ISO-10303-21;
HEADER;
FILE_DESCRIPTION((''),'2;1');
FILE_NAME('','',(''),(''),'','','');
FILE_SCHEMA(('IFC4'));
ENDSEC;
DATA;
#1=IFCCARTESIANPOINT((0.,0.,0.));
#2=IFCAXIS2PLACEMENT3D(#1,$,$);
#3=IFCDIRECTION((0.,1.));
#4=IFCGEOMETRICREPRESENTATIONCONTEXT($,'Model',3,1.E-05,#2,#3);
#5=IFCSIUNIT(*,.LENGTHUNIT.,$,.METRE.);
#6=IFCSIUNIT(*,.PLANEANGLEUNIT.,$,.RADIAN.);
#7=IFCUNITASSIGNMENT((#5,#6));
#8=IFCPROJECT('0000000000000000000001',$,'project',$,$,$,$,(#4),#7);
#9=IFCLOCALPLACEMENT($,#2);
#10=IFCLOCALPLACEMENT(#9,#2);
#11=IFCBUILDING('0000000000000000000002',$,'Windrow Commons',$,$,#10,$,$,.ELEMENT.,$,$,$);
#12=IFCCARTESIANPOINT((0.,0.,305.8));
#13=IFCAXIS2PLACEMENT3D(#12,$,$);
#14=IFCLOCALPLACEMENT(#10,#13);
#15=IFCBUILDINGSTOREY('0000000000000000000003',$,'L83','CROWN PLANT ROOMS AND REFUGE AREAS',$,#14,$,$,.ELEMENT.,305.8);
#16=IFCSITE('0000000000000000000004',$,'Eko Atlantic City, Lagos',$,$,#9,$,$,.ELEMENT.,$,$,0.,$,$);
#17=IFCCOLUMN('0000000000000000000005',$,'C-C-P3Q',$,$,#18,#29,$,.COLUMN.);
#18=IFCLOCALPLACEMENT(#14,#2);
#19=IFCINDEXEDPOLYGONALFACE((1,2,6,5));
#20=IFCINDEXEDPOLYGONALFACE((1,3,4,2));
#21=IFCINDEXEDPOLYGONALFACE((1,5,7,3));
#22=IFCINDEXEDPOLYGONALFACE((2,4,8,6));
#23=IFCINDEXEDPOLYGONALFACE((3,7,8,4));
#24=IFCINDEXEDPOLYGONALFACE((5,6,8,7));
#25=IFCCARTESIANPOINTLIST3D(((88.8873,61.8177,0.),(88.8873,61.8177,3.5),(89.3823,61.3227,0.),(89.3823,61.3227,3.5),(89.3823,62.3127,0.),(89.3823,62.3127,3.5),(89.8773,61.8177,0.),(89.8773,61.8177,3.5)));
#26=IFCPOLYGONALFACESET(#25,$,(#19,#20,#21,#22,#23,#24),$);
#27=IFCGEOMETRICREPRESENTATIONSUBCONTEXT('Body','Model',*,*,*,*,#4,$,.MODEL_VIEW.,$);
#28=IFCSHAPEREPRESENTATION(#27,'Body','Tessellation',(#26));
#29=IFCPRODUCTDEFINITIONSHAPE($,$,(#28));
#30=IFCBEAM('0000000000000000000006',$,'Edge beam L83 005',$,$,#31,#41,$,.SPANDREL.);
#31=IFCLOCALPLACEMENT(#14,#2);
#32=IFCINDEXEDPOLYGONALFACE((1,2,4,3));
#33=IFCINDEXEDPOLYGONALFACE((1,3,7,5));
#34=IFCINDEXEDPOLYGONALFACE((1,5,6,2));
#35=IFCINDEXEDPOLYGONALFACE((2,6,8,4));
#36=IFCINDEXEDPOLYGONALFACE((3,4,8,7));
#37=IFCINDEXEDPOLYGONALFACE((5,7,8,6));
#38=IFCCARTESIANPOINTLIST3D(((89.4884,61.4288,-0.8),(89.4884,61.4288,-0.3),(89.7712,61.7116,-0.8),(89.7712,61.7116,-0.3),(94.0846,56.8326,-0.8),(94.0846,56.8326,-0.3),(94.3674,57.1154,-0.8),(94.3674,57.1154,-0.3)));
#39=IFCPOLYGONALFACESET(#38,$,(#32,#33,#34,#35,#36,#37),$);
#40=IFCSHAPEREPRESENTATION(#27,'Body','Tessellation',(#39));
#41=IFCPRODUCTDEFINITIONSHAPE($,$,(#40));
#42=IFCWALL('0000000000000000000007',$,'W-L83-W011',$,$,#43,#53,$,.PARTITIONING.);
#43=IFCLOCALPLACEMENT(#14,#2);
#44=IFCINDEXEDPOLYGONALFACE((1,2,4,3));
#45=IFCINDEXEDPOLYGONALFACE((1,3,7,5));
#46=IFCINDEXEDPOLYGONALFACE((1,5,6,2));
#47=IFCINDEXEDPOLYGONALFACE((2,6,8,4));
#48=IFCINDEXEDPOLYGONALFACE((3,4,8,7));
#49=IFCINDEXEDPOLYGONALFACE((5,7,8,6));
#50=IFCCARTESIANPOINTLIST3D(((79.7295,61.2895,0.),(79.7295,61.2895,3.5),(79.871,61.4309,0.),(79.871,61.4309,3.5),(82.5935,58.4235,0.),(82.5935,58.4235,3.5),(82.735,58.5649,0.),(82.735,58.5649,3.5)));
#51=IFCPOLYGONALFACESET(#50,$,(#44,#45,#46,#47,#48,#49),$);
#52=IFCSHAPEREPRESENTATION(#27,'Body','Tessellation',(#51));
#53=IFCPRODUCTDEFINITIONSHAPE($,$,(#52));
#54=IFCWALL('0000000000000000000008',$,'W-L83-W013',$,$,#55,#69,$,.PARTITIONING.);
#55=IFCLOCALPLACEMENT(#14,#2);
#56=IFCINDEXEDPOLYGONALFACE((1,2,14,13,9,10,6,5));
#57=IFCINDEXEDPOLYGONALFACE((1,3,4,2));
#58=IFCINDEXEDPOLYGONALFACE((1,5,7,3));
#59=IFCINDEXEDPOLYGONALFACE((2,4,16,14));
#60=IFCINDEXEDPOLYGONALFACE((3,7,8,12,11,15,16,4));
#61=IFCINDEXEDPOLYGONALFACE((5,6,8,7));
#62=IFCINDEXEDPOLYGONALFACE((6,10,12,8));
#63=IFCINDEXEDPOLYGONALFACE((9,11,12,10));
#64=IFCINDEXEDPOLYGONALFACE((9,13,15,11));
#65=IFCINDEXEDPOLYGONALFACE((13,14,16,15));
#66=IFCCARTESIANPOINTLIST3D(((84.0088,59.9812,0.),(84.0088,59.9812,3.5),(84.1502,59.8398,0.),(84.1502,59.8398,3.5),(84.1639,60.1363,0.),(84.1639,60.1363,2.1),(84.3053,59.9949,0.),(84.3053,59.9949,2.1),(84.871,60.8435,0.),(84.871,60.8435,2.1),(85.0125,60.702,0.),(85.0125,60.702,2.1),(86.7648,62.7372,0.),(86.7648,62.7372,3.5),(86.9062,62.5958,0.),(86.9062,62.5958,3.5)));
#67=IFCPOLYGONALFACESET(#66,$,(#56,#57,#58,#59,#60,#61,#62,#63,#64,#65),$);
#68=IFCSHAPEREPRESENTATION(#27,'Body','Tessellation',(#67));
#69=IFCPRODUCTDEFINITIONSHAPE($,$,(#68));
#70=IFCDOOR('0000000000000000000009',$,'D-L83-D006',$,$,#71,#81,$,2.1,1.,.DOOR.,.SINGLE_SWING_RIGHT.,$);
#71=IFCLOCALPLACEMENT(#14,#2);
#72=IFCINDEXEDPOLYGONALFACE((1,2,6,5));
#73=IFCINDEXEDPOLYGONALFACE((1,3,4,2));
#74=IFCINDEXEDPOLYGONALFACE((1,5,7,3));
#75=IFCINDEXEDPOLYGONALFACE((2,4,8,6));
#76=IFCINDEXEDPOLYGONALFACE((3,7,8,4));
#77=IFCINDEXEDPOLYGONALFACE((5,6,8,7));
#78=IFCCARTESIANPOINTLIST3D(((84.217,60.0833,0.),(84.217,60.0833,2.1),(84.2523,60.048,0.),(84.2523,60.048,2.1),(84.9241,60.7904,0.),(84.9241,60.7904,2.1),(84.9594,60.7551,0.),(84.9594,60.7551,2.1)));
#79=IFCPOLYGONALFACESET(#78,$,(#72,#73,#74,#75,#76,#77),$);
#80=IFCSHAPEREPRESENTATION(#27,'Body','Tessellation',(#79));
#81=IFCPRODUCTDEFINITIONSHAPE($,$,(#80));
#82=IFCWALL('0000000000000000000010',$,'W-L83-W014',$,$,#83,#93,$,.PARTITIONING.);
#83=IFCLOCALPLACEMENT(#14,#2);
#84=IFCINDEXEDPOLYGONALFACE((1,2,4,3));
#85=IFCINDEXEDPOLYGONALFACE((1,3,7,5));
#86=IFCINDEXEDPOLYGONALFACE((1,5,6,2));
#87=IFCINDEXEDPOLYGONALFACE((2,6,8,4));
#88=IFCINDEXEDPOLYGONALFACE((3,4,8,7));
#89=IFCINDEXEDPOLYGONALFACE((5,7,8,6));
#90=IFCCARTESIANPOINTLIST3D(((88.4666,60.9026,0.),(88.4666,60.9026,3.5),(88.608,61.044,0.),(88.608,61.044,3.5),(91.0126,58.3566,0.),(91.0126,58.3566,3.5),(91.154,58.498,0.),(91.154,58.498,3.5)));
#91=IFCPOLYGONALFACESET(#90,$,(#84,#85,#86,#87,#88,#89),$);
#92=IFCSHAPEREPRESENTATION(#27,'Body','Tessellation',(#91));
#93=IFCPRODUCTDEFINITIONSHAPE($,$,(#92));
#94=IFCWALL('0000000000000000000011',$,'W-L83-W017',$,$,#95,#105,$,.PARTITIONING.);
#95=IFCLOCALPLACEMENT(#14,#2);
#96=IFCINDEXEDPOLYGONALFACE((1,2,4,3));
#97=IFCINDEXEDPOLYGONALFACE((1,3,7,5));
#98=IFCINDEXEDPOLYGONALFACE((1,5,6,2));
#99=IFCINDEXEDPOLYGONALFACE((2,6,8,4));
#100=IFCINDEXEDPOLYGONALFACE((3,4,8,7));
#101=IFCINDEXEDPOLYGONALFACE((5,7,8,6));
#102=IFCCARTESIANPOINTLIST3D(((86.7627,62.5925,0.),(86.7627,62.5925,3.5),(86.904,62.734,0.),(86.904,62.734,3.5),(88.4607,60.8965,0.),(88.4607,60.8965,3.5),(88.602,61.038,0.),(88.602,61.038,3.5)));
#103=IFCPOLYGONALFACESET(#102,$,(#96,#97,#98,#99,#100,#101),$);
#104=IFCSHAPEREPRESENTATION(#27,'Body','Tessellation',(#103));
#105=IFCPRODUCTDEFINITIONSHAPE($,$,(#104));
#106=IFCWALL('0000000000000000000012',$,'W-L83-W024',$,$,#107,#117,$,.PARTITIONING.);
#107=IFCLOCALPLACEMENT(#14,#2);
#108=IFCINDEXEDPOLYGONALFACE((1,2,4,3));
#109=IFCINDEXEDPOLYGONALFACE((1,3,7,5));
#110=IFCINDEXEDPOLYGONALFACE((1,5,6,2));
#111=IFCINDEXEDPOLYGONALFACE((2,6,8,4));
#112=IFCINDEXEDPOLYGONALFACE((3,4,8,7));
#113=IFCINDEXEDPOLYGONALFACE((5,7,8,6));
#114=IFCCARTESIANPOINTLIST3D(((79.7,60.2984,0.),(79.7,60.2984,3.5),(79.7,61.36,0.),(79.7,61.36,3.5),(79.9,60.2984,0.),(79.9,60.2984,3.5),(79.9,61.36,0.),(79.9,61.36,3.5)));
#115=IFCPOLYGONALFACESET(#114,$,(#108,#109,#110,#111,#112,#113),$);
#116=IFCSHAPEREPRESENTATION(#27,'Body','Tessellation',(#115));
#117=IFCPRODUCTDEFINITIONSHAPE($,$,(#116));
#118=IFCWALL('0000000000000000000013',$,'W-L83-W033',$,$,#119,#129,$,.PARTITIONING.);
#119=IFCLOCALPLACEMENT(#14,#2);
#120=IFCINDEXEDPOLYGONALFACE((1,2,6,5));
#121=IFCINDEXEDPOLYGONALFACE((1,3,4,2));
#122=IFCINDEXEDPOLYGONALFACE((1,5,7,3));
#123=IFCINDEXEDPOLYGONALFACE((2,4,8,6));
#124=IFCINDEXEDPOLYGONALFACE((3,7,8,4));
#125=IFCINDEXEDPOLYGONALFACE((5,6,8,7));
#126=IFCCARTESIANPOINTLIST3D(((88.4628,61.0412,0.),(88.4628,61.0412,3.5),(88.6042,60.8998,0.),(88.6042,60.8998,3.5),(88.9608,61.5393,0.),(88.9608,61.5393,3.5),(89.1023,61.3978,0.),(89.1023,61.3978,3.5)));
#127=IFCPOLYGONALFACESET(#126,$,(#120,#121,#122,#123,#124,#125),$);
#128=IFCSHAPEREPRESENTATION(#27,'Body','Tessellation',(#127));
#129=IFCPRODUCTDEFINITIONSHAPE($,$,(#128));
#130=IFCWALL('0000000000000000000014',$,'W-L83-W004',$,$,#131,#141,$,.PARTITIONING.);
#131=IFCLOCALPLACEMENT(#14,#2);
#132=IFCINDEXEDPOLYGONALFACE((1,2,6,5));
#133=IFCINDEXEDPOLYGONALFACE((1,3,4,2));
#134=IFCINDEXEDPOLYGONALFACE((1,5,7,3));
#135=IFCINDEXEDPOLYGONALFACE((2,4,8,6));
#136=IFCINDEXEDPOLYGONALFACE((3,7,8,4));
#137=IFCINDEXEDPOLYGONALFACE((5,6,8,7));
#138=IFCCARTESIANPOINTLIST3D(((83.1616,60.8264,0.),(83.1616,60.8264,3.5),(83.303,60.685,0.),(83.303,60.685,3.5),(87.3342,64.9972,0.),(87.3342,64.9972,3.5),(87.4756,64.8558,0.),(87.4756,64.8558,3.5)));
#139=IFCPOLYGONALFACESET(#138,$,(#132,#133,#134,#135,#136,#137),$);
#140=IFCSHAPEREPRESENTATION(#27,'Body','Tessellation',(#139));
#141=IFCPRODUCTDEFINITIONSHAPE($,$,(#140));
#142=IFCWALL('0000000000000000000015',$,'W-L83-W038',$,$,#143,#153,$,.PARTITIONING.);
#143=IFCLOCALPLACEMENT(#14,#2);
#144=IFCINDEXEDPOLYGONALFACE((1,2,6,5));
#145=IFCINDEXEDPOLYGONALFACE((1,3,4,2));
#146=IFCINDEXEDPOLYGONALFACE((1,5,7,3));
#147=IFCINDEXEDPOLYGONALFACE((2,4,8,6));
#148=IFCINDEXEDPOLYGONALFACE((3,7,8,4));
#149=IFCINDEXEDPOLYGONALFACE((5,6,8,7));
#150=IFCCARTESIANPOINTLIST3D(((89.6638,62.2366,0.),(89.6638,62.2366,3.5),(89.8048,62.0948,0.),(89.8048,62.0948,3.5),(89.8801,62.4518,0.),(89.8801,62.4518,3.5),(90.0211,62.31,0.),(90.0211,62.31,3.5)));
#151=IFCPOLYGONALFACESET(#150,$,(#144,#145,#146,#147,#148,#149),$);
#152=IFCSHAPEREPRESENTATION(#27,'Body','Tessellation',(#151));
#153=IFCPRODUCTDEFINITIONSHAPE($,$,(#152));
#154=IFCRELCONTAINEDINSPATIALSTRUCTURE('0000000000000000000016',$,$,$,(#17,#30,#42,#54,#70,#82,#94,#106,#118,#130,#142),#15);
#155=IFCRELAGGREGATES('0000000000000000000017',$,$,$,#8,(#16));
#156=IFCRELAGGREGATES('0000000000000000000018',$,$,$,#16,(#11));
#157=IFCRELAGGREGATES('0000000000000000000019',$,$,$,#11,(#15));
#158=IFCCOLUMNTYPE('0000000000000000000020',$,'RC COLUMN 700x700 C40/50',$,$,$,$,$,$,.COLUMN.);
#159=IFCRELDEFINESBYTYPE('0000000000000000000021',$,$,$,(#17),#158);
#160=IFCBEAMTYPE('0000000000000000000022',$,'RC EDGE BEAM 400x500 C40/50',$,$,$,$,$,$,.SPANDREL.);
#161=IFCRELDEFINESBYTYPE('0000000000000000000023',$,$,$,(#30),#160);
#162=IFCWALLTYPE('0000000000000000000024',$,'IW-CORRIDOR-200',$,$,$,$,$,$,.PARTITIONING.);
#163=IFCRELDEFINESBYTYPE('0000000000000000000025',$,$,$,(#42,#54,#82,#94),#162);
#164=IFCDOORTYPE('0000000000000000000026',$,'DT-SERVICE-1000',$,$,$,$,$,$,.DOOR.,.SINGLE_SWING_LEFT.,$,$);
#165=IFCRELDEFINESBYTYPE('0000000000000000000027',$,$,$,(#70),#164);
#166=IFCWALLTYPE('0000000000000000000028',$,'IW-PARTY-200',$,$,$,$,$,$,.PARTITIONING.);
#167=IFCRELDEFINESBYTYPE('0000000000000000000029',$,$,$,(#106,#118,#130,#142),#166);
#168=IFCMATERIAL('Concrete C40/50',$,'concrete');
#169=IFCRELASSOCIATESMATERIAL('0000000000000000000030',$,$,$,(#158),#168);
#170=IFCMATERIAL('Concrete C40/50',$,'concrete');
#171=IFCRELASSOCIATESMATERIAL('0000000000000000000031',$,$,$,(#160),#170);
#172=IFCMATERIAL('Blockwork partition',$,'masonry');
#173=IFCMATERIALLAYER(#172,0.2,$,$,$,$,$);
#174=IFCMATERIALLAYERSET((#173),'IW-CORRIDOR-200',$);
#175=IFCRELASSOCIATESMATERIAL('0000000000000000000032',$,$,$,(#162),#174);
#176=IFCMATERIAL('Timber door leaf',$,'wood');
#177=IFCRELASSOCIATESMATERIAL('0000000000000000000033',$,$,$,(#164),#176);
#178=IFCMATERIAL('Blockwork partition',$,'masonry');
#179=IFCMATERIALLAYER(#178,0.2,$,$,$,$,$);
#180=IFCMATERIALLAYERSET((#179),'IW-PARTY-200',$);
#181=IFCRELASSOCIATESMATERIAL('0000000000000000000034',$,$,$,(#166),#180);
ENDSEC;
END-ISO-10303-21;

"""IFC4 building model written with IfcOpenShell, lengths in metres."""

from ifc_helpers import new_model, si_unit, direction, frame, frame_2d, origin, origin_2d, place, context, subcontext, project, spatial, polyline, rectangle, outline, extrude, material, layer, layer_set, material_profile, profile_set, type_object, element, fill, save


model = new_model("IFC4")

# Units and contexts
model_context = context("Model", 3, precision=1e-05, world=origin(), true_north=direction((0.0, 1.0)))
body_context = subcontext(model_context, "Body", "Model", "MODEL_VIEW")
ifc_project = project(units=[si_unit("LENGTHUNIT", "METRE"), si_unit("PLANEANGLEUNIT", "RADIAN")], contexts=[model_context])

# Site, building, storey
site_placement = place(None, origin())
site = spatial("IfcSite", under=ifc_project, at=site_placement, Name="Eko Atlantic City, Lagos", CompositionType="ELEMENT", RefElevation=0.0)
building_placement = place(site_placement, origin())
building = spatial("IfcBuilding", under=site, at=building_placement, Name="Windrow Commons", CompositionType="ELEMENT")
storey_placement = place(building_placement, frame((0.0, 0.0, 305.8)))
storey = spatial("IfcBuildingStorey", under=building, at=storey_placement, Name="L83", Description="CROWN PLANT ROOMS AND REFUGE AREAS", CompositionType="ELEMENT", Elevation=305.8)

# Column
ifc_material_1 = material(Name="Concrete C40/50", Category="concrete")
ifc_material_profile_1 = material_profile(ifc_material_1, rectangle(XDim=0.7, YDim=0.7, at=origin_2d()))
ifc_profile_set_1 = profile_set([ifc_material_profile_1], Name="Concrete C40/50")
column_type = type_object("IfcColumnType", Name="RC COLUMN 700x700 C40/50", PredefinedType="COLUMN", material=ifc_profile_set_1)
column_placement = place(storey_placement, frame((89.3823, 61.8177, 0.0), z_axis=(0.0, 0.0, 1.0), x_axis=(0.707107, -0.707107, 0.0)))
element("IfcColumn", 1, at=column_placement, inside=storey, type_object=column_type, Name="C-C-P3Q", PredefinedType="COLUMN", context=body_context, shape_type="SweptSolid", body=[
    extrude(rectangle(XDim=0.7, YDim=0.7, at=origin_2d()), origin(), (0.0, 0.0, 1.0), 3.5),
])

# Beam
ifc_material_2 = material(Name="Concrete C40/50", Category="concrete")
ifc_material_profile_2 = material_profile(ifc_material_2, rectangle(XDim=0.4, YDim=0.5, at=origin_2d()))
ifc_profile_set_2 = profile_set([ifc_material_profile_2], Name="Concrete C40/50")
beam_type = type_object("IfcBeamType", Name="RC EDGE BEAM 400x500 C40/50", PredefinedType="SPANDREL", material=ifc_profile_set_2)
beam_placement = place(storey_placement, frame((89.6298, 61.5702, -0.55), z_axis=(0.707107, -0.707107, 0.0), x_axis=(0.707107, 0.707107, 0.0)))
element("IfcBeam", 2, at=beam_placement, inside=storey, type_object=beam_type, Name="Edge beam L83 005", PredefinedType="SPANDREL", context=body_context, shape_type="SweptSolid", body=[
    extrude(rectangle(XDim=0.4, YDim=0.5, at=origin_2d()), origin(), (0.0, 0.0, 1.0), 6.5),
])

# Wall
ifc_material_3 = material(Name="Blockwork partition", Category="masonry")
ifc_layer_1 = layer(ifc_material_3, 0.2)
ifc_layer_set_1 = layer_set([ifc_layer_1], Name="IW-CORRIDOR-200")
wall_type_1 = type_object("IfcWallType", Name="IW-CORRIDOR-200", PredefinedType="PARTITIONING", material=ifc_layer_set_1)
wall_1_placement = place(storey_placement, frame((79.8002, 61.3602, 0.0), z_axis=(0.0, 0.0, 1.0), x_axis=(0.70686, -0.707354, 0.0)))
element("IfcWall", 3, at=wall_1_placement, inside=storey, type_object=wall_type_1, Name="W-L83-W011", PredefinedType="PARTITIONING", context=body_context, shape_type="SweptSolid", body=[
    extrude(rectangle(XDim=4.0517, YDim=0.2, at=frame_2d((2.0259, 0.0))), origin(), (0.0, 0.0, 1.0), 3.5),
])

# Wall, opening, door
wall_2_placement = place(storey_placement, frame((84.0795, 59.9105, 0.0), z_axis=(0.0, 0.0, 1.0), x_axis=(0.707107, 0.707107, 0.0)))
wall_2 = element("IfcWall", 4, at=wall_2_placement, inside=storey, type_object=wall_type_1, Name="W-L83-W013", PredefinedType="PARTITIONING", context=body_context, shape_type="SweptSolid", body=[
    extrude(rectangle(XDim=3.8976, YDim=0.2, at=frame_2d((1.9488, 0.0))), origin(), (0.0, 0.0, 1.0), 3.5),
])
opening_1_placement = place(wall_2_placement, frame((0.2194, 0.0, 0.0)))
opening_1 = element("IfcOpeningElement", 5, at=opening_1_placement, cuts=wall_2, PredefinedType="OPENING", context=body_context, shape_type="SweptSolid", body=[
    extrude(rectangle(XDim=1.0, YDim=2.1, at=frame_2d((0.5, 1.05))), frame((0.0, 0.11, 0.0), z_axis=(0.0, -1.0, 0.0), x_axis=(1.0, 0.0, 0.0)), (0.0, 0.0, 1.0), 0.22),
])
ifc_material_4 = material(Name="Timber door leaf", Category="wood")
door_type_1 = type_object("IfcDoorType", Name="DT-SERVICE-1000", OperationType="SINGLE_SWING_LEFT", PredefinedType="DOOR", material=ifc_material_4)
door_1_placement = place(opening_1_placement, origin())
door_1 = element("IfcDoor", 6, at=door_1_placement, inside=storey, type_object=door_type_1, Name="D-L83-D006", OperationType="SINGLE_SWING_RIGHT", OverallHeight=2.1, OverallWidth=1.0, PredefinedType="DOOR", context=body_context, shape_type="SweptSolid", body=[
    extrude(rectangle(XDim=1.0, YDim=2.1, at=frame_2d((0.5, 1.05))), frame((0.0, 0.025, 0.0), z_axis=(0.0, -1.0, 0.0), x_axis=(1.0, 0.0, 0.0)), (0.0, 0.0, 1.0), 0.05),
])
fill(opening_1, door_1)

# Walls
wall_3_placement = place(storey_placement, frame((88.5373, 60.9733, 0.0), z_axis=(0.0, 0.0, 1.0), x_axis=(0.707107, -0.707107, 0.0)))
element("IfcWall", 7, at=wall_3_placement, inside=storey, type_object=wall_type_1, Name="W-L83-W014", PredefinedType="PARTITIONING", context=body_context, shape_type="SweptSolid", body=[
    extrude(rectangle(XDim=3.6006, YDim=0.2, at=frame_2d((1.8003, 0.0))), origin(), (0.0, 0.0, 1.0), 3.5),
])
wall_4_placement = place(storey_placement, frame((86.8333, 62.6633, 0.0), z_axis=(0.0, 0.0, 1.0), x_axis=(0.707523, -0.70669, 0.0)))
element("IfcWall", 8, at=wall_4_placement, inside=storey, type_object=wall_type_1, Name="W-L83-W017", PredefinedType="PARTITIONING", context=body_context, shape_type="SweptSolid", body=[
    extrude(rectangle(XDim=2.3999, YDim=0.2, at=frame_2d((1.2, 0.0))), origin(), (0.0, 0.0, 1.0), 3.5),
])
ifc_material_5 = material(Name="Blockwork partition", Category="masonry")
ifc_layer_2 = layer(ifc_material_5, 0.2)
ifc_layer_set_2 = layer_set([ifc_layer_2], Name="IW-PARTY-200")
wall_type_2 = type_object("IfcWallType", Name="IW-PARTY-200", PredefinedType="PARTITIONING", material=ifc_layer_set_2)
wall_5_placement = place(storey_placement, frame((79.8, 60.2984, 0.0), z_axis=(0.0, 0.0, 1.0), x_axis=(0.0, 1.0, 0.0)))
element("IfcWall", 9, at=wall_5_placement, inside=storey, type_object=wall_type_2, Name="W-L83-W024", PredefinedType="PARTITIONING", context=body_context, shape_type="SweptSolid", body=[
    extrude(rectangle(XDim=1.0616, YDim=0.2, at=frame_2d((0.5308, 0.0))), origin(), (0.0, 0.0, 1.0), 3.5),
])
wall_6_placement = place(storey_placement, frame((88.5335, 60.9705, 0.0), z_axis=(0.0, 0.0, 1.0), x_axis=(0.707107, 0.707107, 0.0)))
element("IfcWall", 10, at=wall_6_placement, inside=storey, type_object=wall_type_2, Name="W-L83-W033", PredefinedType="PARTITIONING", context=body_context, shape_type="SweptSolid", body=[
    extrude(rectangle(XDim=0.7043, YDim=0.2, at=frame_2d((0.3522, 0.0))), origin(), (0.0, 0.0, 1.0), 3.5),
])
wall_7_placement = place(storey_placement, frame((83.2323, 60.7557, 0.0), z_axis=(0.0, 0.0, 1.0), x_axis=(0.707259, 0.706954, 0.0)))
element("IfcWall", 11, at=wall_7_placement, inside=storey, type_object=wall_type_2, Name="W-L83-W004", PredefinedType="PARTITIONING", context=body_context, shape_type="SweptSolid", body=[
    extrude(outline(polyline([(0.0, -0.1), (5.8997, -0.1), (5.8997, 0.1), (0.0, 0.1), (0.0, -0.1)])), origin(), (0.0, 0.0, 1.0), 3.5),
])
wall_8_placement = place(storey_placement, frame((89.7343, 62.1657, 0.0), z_axis=(0.0, 0.0, 1.0), x_axis=(0.708907, 0.705302, 0.0)))
element("IfcWall", 12, at=wall_8_placement, inside=storey, type_object=wall_type_2, Name="W-L83-W038", PredefinedType="PARTITIONING", context=body_context, shape_type="SweptSolid", body=[
    extrude(outline(polyline([(0.0, -0.1), (0.3051, -0.1), (0.3051, 0.1), (0.0, 0.1), (0.0, -0.1)])), origin(), (0.0, 0.0, 1.0), 3.5),
])

save(model, "model.ifc")
